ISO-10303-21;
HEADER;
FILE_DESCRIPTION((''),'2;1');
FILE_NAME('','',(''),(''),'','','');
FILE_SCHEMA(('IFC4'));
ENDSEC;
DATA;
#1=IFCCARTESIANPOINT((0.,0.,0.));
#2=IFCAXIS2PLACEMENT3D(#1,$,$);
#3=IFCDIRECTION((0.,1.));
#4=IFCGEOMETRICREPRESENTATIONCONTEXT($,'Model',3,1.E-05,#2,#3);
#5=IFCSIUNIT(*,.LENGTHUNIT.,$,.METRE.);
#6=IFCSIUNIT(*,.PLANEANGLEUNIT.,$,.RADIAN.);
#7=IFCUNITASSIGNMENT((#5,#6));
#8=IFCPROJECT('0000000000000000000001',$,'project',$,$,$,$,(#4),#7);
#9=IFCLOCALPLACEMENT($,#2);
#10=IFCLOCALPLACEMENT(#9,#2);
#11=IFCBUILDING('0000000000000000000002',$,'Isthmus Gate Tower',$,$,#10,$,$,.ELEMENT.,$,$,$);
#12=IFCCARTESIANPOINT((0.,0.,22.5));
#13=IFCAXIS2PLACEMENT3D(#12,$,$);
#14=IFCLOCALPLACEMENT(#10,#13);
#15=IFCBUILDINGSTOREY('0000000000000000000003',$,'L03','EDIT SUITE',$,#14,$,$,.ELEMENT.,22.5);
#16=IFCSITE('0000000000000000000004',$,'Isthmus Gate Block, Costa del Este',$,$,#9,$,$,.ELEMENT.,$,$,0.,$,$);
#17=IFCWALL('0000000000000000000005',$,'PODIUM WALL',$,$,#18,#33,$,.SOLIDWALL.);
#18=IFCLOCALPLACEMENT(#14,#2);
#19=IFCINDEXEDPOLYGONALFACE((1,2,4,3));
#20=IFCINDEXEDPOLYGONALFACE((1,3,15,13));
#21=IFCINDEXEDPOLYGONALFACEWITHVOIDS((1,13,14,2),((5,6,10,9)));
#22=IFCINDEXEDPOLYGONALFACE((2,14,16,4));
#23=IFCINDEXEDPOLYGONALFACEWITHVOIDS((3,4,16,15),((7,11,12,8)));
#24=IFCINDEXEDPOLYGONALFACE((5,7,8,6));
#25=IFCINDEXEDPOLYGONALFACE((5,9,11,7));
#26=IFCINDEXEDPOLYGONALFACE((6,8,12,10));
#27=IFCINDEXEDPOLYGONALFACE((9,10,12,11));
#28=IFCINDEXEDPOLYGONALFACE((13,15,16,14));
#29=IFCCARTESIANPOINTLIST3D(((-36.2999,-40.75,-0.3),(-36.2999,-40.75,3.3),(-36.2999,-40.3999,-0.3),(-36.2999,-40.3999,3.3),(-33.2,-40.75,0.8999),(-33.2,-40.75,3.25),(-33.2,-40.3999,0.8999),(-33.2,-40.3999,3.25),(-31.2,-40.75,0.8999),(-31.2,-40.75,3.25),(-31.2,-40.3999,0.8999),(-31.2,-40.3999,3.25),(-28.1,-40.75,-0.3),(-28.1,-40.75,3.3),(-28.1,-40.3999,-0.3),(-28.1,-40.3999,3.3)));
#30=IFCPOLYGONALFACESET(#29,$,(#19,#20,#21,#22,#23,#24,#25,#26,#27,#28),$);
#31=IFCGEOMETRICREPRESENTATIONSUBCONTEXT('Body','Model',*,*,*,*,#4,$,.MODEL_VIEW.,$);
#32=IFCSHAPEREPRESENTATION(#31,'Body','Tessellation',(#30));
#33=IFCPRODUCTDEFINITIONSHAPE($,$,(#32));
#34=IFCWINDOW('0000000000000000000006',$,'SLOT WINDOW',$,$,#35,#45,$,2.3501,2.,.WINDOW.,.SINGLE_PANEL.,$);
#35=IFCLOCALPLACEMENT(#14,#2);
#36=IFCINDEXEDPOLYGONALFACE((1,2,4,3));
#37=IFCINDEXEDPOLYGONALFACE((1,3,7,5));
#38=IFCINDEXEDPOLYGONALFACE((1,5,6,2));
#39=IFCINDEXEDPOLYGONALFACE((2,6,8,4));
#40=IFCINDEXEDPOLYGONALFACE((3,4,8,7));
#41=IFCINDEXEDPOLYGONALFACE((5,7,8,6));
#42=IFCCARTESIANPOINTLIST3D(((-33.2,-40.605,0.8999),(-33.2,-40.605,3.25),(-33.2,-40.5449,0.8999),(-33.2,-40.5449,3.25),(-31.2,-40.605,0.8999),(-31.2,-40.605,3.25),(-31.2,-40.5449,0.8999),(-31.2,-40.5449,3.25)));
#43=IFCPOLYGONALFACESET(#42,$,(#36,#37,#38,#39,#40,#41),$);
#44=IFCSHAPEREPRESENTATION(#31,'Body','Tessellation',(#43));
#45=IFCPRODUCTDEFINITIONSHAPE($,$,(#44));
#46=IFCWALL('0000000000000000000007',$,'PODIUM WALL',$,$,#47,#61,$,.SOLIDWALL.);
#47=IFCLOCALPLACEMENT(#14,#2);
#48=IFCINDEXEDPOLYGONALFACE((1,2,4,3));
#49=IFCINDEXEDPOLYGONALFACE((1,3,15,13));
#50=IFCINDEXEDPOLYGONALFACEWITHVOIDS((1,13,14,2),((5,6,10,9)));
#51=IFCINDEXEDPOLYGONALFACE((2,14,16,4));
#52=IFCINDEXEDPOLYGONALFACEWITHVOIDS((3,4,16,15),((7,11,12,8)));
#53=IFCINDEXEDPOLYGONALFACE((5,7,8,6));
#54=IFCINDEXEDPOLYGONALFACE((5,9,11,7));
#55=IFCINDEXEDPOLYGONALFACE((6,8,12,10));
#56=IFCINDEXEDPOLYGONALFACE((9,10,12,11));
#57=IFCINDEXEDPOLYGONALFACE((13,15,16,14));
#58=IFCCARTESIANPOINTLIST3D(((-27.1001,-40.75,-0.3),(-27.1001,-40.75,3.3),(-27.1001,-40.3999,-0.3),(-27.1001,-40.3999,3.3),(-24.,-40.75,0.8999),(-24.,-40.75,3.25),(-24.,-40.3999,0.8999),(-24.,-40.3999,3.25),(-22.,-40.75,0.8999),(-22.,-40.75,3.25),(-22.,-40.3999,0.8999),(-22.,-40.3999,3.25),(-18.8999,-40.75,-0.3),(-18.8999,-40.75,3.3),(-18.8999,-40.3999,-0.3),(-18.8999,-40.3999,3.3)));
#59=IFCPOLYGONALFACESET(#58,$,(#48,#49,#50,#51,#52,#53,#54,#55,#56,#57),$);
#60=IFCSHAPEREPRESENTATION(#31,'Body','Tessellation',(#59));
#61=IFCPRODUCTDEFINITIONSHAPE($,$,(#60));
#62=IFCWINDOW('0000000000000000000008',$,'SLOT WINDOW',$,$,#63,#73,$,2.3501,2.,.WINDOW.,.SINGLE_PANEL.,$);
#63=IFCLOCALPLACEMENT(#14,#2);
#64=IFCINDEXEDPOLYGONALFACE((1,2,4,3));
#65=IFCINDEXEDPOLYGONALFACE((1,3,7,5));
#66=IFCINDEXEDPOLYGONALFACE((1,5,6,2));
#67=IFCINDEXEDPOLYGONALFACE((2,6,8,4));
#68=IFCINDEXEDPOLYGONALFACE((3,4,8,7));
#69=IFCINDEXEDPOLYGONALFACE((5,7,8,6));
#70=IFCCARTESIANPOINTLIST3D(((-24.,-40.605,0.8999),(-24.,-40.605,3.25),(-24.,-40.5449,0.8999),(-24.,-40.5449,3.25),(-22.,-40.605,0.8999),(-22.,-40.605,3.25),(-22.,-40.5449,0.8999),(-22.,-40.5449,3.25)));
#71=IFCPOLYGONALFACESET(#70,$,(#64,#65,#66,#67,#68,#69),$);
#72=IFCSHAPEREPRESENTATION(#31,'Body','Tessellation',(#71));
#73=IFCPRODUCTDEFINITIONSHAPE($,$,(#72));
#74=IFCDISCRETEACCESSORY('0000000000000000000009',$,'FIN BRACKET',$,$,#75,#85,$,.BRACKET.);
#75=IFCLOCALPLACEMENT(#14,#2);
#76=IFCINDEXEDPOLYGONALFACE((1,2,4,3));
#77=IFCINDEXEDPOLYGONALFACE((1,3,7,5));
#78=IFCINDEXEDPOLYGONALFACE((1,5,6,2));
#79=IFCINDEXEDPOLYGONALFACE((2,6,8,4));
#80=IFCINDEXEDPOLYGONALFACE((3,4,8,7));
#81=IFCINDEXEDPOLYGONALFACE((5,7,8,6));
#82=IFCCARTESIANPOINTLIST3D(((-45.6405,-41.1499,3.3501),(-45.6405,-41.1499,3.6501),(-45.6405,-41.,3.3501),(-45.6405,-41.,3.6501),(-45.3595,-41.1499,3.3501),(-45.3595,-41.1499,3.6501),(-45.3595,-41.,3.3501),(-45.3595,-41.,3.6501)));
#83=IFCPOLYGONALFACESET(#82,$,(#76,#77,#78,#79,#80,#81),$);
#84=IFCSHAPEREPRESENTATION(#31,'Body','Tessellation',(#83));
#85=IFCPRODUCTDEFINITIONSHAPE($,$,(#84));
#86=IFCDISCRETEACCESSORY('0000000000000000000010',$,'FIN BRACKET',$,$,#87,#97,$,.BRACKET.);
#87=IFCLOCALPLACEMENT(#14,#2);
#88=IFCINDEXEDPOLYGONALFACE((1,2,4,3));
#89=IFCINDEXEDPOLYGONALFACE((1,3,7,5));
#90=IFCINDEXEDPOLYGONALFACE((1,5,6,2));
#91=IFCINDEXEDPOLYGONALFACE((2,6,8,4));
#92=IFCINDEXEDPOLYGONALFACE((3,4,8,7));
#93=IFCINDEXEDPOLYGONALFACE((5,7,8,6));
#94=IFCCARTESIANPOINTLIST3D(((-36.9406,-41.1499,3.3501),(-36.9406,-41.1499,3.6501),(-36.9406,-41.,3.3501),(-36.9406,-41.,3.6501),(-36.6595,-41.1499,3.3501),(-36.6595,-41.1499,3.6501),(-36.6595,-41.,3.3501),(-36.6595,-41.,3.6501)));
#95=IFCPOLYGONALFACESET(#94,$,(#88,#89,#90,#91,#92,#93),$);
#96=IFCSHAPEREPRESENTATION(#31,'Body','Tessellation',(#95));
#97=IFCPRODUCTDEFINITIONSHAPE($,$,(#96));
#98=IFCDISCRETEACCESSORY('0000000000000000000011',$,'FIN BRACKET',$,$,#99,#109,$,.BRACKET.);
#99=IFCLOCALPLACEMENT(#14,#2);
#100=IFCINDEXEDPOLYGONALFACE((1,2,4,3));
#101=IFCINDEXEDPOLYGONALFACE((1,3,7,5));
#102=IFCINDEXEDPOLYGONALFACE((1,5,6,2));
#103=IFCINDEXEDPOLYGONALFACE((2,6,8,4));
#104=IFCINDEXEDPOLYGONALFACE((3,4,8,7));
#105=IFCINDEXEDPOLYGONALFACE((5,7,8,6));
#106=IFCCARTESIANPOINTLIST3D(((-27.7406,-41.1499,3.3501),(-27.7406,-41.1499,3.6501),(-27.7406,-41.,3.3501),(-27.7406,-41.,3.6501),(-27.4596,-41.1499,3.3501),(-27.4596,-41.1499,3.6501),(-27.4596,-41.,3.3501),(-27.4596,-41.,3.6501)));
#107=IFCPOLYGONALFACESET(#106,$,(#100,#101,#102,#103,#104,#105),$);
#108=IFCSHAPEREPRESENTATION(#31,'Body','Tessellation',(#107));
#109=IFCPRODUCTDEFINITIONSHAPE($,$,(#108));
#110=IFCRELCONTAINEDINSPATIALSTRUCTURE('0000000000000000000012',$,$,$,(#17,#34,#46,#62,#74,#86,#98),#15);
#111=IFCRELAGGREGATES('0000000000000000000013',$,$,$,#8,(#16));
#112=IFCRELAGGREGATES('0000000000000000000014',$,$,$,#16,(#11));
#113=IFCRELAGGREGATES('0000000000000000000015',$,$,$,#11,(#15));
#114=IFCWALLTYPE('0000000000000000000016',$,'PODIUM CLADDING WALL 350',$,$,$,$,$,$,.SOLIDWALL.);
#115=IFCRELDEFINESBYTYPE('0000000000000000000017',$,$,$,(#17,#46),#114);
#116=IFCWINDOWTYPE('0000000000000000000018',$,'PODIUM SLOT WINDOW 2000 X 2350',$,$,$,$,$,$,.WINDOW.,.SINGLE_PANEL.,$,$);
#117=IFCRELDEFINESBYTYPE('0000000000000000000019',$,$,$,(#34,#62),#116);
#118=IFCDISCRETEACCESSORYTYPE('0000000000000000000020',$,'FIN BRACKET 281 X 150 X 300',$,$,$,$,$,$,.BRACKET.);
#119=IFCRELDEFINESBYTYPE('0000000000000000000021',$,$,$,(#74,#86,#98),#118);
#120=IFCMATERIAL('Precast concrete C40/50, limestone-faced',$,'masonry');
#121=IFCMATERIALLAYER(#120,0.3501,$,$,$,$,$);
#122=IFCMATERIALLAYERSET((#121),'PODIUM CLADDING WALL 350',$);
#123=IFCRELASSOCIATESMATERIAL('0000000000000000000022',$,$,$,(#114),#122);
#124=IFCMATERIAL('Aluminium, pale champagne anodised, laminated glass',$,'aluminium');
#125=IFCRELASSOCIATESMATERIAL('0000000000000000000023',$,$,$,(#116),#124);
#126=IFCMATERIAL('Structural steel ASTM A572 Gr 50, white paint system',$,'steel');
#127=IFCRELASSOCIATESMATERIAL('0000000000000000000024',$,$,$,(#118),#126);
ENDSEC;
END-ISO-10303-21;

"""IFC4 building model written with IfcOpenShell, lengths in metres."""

from ifc_helpers import new_model, si_unit, direction, frame, frame_2d, origin, origin_2d, place, context, subcontext, project, spatial, rectangle, extrude, material, layer, layer_set, type_object, element, fill, save


model = new_model("IFC4")

# Units and contexts
model_context = context("Model", 3, precision=1e-05, world=origin(), true_north=direction((0.0, 1.0)))
body_context = subcontext(model_context, "Body", "Model", "MODEL_VIEW")
ifc_project = project(units=[si_unit("LENGTHUNIT", "METRE"), si_unit("PLANEANGLEUNIT", "RADIAN")], contexts=[model_context])

# Site, building, storey
site_placement = place(None, origin())
site = spatial("IfcSite", under=ifc_project, at=site_placement, Name="Isthmus Gate Block, Costa del Este", CompositionType="ELEMENT", RefElevation=0.0)
building_placement = place(site_placement, origin())
building = spatial("IfcBuilding", under=site, at=building_placement, Name="Isthmus Gate Tower", CompositionType="ELEMENT")
storey_placement = place(building_placement, frame((0.0, 0.0, 22.5)))
storey = spatial("IfcBuildingStorey", under=building, at=storey_placement, Name="L03", Description="EDIT SUITE", CompositionType="ELEMENT", Elevation=22.5)

# Walls, openings, windows
ifc_material_1 = material(Name="Precast concrete C40/50, limestone-faced", Category="masonry")
ifc_layer_1 = layer(ifc_material_1, 0.3501)
ifc_layer_set_1 = layer_set([ifc_layer_1], Name="PODIUM CLADDING WALL 350")
wall_type_1 = type_object("IfcWallType", Name="PODIUM CLADDING WALL 350", PredefinedType="SOLIDWALL", material=ifc_layer_set_1)
ifc_material_2 = material(Name="Aluminium, pale champagne anodised, laminated glass", Category="aluminium")
window_type = type_object("IfcWindowType", Name="PODIUM SLOT WINDOW 2000 X 2350", PartitioningType="SINGLE_PANEL", PredefinedType="WINDOW", material=ifc_material_2)
wall_1_placement = place(storey_placement, frame((-36.3, -40.575, -0.3), z_axis=(0.0, 0.0, 1.0), x_axis=(1.0, 0.0, 0.0)))
wall_1 = element("IfcWall", 1, at=wall_1_placement, inside=storey, type_object=wall_type_1, Name="PODIUM WALL", PredefinedType="SOLIDWALL", context=body_context, shape_type="SweptSolid", body=[
    extrude(rectangle(XDim=8.2, YDim=0.3501, at=frame_2d((4.1001, 0.0))), origin(), (0.0, 0.0, 1.0), 3.6001),
])
opening_1_placement = place(wall_1_placement, frame((3.1001, 0.0, 1.2)))
opening_1 = element("IfcOpeningElement", 2, at=opening_1_placement, cuts=wall_1, PredefinedType="OPENING", context=body_context, shape_type="SweptSolid", body=[
    extrude(rectangle(XDim=2.0, YDim=2.3501, at=frame_2d((1.0, 1.175))), frame((0.0, 0.1851, 0.0), z_axis=(0.0, -1.0, 0.0), x_axis=(1.0, 0.0, 0.0)), (0.0, 0.0, 1.0), 0.3701),
])
window_1_placement = place(opening_1_placement, origin())
window_1 = element("IfcWindow", 3, at=window_1_placement, inside=storey, type_object=window_type, Name="SLOT WINDOW", OverallHeight=2.3501, OverallWidth=2.0, PartitioningType="SINGLE_PANEL", PredefinedType="WINDOW", context=body_context, shape_type="SweptSolid", body=[
    extrude(rectangle(XDim=2.0, YDim=2.3501, at=frame_2d((1.0, 1.175))), frame((0.0, 0.03, 0.0), z_axis=(0.0, -1.0, 0.0), x_axis=(1.0, 0.0, 0.0)), (0.0, 0.0, 1.0), 0.0601),
])
fill(opening_1, window_1)
wall_2_placement = place(storey_placement, frame((-27.1001, -40.575, -0.3), z_axis=(0.0, 0.0, 1.0), x_axis=(1.0, 0.0, 0.0)))
wall_2 = element("IfcWall", 4, at=wall_2_placement, inside=storey, type_object=wall_type_1, Name="PODIUM WALL", PredefinedType="SOLIDWALL", context=body_context, shape_type="SweptSolid", body=[
    extrude(rectangle(XDim=8.2002, YDim=0.3501, at=frame_2d((4.1001, 0.0))), origin(), (0.0, 0.0, 1.0), 3.6001),
])
opening_2_placement = place(wall_2_placement, frame((3.1001, 0.0, 1.2)))
opening_2 = element("IfcOpeningElement", 5, at=opening_2_placement, cuts=wall_2, PredefinedType="OPENING", context=body_context, shape_type="SweptSolid", body=[
    extrude(rectangle(XDim=2.0, YDim=2.3501, at=frame_2d((1.0, 1.175))), frame((0.0, 0.1851, 0.0), z_axis=(0.0, -1.0, 0.0), x_axis=(1.0, 0.0, 0.0)), (0.0, 0.0, 1.0), 0.3701),
])
window_2_placement = place(opening_2_placement, origin())
window_2 = element("IfcWindow", 6, at=window_2_placement, inside=storey, type_object=window_type, Name="SLOT WINDOW", OverallHeight=2.3501, OverallWidth=2.0, PartitioningType="SINGLE_PANEL", PredefinedType="WINDOW", context=body_context, shape_type="SweptSolid", body=[
    extrude(rectangle(XDim=2.0, YDim=2.3501, at=frame_2d((1.0, 1.175))), frame((0.0, 0.03, 0.0), z_axis=(0.0, -1.0, 0.0), x_axis=(1.0, 0.0, 0.0)), (0.0, 0.0, 1.0), 0.0601),
])
fill(opening_2, window_2)

# Discrete accessories
ifc_material_3 = material(Name="Structural steel ASTM A572 Gr 50, white paint system", Category="steel")
discrete_accessory_type = type_object("IfcDiscreteAccessoryType", Name="FIN BRACKET 281 X 150 X 300", PredefinedType="BRACKET", material=ifc_material_3)
for number, where, z_axis, x_axis, name in (
    (7, (-45.5, -41.075, 3.3501), (0.0, 0.0, 1.0), (0.0, -1.0, 0.0), "FIN BRACKET"),
    (8, (-36.8, -41.075, 3.3501), (0.0, 0.0, 1.0), (0.0, -1.0, 0.0), "FIN BRACKET"),
    (9, (-27.6001, -41.075, 3.3501), (0.0, 0.0, 1.0), (0.0, -1.0, 0.0), "FIN BRACKET"),
):
    element("IfcDiscreteAccessory", number, at=place(storey_placement, frame(where, z_axis=z_axis, x_axis=x_axis)), inside=storey, type_object=discrete_accessory_type, Name=name, PredefinedType="BRACKET", context=body_context, shape_type="SweptSolid", body=[
        extrude(rectangle(XDim=0.1499, YDim=0.281, at=origin_2d()), origin(), (0.0, 0.0, 1.0), 0.3),
    ])

save(model, "model.ifc")
